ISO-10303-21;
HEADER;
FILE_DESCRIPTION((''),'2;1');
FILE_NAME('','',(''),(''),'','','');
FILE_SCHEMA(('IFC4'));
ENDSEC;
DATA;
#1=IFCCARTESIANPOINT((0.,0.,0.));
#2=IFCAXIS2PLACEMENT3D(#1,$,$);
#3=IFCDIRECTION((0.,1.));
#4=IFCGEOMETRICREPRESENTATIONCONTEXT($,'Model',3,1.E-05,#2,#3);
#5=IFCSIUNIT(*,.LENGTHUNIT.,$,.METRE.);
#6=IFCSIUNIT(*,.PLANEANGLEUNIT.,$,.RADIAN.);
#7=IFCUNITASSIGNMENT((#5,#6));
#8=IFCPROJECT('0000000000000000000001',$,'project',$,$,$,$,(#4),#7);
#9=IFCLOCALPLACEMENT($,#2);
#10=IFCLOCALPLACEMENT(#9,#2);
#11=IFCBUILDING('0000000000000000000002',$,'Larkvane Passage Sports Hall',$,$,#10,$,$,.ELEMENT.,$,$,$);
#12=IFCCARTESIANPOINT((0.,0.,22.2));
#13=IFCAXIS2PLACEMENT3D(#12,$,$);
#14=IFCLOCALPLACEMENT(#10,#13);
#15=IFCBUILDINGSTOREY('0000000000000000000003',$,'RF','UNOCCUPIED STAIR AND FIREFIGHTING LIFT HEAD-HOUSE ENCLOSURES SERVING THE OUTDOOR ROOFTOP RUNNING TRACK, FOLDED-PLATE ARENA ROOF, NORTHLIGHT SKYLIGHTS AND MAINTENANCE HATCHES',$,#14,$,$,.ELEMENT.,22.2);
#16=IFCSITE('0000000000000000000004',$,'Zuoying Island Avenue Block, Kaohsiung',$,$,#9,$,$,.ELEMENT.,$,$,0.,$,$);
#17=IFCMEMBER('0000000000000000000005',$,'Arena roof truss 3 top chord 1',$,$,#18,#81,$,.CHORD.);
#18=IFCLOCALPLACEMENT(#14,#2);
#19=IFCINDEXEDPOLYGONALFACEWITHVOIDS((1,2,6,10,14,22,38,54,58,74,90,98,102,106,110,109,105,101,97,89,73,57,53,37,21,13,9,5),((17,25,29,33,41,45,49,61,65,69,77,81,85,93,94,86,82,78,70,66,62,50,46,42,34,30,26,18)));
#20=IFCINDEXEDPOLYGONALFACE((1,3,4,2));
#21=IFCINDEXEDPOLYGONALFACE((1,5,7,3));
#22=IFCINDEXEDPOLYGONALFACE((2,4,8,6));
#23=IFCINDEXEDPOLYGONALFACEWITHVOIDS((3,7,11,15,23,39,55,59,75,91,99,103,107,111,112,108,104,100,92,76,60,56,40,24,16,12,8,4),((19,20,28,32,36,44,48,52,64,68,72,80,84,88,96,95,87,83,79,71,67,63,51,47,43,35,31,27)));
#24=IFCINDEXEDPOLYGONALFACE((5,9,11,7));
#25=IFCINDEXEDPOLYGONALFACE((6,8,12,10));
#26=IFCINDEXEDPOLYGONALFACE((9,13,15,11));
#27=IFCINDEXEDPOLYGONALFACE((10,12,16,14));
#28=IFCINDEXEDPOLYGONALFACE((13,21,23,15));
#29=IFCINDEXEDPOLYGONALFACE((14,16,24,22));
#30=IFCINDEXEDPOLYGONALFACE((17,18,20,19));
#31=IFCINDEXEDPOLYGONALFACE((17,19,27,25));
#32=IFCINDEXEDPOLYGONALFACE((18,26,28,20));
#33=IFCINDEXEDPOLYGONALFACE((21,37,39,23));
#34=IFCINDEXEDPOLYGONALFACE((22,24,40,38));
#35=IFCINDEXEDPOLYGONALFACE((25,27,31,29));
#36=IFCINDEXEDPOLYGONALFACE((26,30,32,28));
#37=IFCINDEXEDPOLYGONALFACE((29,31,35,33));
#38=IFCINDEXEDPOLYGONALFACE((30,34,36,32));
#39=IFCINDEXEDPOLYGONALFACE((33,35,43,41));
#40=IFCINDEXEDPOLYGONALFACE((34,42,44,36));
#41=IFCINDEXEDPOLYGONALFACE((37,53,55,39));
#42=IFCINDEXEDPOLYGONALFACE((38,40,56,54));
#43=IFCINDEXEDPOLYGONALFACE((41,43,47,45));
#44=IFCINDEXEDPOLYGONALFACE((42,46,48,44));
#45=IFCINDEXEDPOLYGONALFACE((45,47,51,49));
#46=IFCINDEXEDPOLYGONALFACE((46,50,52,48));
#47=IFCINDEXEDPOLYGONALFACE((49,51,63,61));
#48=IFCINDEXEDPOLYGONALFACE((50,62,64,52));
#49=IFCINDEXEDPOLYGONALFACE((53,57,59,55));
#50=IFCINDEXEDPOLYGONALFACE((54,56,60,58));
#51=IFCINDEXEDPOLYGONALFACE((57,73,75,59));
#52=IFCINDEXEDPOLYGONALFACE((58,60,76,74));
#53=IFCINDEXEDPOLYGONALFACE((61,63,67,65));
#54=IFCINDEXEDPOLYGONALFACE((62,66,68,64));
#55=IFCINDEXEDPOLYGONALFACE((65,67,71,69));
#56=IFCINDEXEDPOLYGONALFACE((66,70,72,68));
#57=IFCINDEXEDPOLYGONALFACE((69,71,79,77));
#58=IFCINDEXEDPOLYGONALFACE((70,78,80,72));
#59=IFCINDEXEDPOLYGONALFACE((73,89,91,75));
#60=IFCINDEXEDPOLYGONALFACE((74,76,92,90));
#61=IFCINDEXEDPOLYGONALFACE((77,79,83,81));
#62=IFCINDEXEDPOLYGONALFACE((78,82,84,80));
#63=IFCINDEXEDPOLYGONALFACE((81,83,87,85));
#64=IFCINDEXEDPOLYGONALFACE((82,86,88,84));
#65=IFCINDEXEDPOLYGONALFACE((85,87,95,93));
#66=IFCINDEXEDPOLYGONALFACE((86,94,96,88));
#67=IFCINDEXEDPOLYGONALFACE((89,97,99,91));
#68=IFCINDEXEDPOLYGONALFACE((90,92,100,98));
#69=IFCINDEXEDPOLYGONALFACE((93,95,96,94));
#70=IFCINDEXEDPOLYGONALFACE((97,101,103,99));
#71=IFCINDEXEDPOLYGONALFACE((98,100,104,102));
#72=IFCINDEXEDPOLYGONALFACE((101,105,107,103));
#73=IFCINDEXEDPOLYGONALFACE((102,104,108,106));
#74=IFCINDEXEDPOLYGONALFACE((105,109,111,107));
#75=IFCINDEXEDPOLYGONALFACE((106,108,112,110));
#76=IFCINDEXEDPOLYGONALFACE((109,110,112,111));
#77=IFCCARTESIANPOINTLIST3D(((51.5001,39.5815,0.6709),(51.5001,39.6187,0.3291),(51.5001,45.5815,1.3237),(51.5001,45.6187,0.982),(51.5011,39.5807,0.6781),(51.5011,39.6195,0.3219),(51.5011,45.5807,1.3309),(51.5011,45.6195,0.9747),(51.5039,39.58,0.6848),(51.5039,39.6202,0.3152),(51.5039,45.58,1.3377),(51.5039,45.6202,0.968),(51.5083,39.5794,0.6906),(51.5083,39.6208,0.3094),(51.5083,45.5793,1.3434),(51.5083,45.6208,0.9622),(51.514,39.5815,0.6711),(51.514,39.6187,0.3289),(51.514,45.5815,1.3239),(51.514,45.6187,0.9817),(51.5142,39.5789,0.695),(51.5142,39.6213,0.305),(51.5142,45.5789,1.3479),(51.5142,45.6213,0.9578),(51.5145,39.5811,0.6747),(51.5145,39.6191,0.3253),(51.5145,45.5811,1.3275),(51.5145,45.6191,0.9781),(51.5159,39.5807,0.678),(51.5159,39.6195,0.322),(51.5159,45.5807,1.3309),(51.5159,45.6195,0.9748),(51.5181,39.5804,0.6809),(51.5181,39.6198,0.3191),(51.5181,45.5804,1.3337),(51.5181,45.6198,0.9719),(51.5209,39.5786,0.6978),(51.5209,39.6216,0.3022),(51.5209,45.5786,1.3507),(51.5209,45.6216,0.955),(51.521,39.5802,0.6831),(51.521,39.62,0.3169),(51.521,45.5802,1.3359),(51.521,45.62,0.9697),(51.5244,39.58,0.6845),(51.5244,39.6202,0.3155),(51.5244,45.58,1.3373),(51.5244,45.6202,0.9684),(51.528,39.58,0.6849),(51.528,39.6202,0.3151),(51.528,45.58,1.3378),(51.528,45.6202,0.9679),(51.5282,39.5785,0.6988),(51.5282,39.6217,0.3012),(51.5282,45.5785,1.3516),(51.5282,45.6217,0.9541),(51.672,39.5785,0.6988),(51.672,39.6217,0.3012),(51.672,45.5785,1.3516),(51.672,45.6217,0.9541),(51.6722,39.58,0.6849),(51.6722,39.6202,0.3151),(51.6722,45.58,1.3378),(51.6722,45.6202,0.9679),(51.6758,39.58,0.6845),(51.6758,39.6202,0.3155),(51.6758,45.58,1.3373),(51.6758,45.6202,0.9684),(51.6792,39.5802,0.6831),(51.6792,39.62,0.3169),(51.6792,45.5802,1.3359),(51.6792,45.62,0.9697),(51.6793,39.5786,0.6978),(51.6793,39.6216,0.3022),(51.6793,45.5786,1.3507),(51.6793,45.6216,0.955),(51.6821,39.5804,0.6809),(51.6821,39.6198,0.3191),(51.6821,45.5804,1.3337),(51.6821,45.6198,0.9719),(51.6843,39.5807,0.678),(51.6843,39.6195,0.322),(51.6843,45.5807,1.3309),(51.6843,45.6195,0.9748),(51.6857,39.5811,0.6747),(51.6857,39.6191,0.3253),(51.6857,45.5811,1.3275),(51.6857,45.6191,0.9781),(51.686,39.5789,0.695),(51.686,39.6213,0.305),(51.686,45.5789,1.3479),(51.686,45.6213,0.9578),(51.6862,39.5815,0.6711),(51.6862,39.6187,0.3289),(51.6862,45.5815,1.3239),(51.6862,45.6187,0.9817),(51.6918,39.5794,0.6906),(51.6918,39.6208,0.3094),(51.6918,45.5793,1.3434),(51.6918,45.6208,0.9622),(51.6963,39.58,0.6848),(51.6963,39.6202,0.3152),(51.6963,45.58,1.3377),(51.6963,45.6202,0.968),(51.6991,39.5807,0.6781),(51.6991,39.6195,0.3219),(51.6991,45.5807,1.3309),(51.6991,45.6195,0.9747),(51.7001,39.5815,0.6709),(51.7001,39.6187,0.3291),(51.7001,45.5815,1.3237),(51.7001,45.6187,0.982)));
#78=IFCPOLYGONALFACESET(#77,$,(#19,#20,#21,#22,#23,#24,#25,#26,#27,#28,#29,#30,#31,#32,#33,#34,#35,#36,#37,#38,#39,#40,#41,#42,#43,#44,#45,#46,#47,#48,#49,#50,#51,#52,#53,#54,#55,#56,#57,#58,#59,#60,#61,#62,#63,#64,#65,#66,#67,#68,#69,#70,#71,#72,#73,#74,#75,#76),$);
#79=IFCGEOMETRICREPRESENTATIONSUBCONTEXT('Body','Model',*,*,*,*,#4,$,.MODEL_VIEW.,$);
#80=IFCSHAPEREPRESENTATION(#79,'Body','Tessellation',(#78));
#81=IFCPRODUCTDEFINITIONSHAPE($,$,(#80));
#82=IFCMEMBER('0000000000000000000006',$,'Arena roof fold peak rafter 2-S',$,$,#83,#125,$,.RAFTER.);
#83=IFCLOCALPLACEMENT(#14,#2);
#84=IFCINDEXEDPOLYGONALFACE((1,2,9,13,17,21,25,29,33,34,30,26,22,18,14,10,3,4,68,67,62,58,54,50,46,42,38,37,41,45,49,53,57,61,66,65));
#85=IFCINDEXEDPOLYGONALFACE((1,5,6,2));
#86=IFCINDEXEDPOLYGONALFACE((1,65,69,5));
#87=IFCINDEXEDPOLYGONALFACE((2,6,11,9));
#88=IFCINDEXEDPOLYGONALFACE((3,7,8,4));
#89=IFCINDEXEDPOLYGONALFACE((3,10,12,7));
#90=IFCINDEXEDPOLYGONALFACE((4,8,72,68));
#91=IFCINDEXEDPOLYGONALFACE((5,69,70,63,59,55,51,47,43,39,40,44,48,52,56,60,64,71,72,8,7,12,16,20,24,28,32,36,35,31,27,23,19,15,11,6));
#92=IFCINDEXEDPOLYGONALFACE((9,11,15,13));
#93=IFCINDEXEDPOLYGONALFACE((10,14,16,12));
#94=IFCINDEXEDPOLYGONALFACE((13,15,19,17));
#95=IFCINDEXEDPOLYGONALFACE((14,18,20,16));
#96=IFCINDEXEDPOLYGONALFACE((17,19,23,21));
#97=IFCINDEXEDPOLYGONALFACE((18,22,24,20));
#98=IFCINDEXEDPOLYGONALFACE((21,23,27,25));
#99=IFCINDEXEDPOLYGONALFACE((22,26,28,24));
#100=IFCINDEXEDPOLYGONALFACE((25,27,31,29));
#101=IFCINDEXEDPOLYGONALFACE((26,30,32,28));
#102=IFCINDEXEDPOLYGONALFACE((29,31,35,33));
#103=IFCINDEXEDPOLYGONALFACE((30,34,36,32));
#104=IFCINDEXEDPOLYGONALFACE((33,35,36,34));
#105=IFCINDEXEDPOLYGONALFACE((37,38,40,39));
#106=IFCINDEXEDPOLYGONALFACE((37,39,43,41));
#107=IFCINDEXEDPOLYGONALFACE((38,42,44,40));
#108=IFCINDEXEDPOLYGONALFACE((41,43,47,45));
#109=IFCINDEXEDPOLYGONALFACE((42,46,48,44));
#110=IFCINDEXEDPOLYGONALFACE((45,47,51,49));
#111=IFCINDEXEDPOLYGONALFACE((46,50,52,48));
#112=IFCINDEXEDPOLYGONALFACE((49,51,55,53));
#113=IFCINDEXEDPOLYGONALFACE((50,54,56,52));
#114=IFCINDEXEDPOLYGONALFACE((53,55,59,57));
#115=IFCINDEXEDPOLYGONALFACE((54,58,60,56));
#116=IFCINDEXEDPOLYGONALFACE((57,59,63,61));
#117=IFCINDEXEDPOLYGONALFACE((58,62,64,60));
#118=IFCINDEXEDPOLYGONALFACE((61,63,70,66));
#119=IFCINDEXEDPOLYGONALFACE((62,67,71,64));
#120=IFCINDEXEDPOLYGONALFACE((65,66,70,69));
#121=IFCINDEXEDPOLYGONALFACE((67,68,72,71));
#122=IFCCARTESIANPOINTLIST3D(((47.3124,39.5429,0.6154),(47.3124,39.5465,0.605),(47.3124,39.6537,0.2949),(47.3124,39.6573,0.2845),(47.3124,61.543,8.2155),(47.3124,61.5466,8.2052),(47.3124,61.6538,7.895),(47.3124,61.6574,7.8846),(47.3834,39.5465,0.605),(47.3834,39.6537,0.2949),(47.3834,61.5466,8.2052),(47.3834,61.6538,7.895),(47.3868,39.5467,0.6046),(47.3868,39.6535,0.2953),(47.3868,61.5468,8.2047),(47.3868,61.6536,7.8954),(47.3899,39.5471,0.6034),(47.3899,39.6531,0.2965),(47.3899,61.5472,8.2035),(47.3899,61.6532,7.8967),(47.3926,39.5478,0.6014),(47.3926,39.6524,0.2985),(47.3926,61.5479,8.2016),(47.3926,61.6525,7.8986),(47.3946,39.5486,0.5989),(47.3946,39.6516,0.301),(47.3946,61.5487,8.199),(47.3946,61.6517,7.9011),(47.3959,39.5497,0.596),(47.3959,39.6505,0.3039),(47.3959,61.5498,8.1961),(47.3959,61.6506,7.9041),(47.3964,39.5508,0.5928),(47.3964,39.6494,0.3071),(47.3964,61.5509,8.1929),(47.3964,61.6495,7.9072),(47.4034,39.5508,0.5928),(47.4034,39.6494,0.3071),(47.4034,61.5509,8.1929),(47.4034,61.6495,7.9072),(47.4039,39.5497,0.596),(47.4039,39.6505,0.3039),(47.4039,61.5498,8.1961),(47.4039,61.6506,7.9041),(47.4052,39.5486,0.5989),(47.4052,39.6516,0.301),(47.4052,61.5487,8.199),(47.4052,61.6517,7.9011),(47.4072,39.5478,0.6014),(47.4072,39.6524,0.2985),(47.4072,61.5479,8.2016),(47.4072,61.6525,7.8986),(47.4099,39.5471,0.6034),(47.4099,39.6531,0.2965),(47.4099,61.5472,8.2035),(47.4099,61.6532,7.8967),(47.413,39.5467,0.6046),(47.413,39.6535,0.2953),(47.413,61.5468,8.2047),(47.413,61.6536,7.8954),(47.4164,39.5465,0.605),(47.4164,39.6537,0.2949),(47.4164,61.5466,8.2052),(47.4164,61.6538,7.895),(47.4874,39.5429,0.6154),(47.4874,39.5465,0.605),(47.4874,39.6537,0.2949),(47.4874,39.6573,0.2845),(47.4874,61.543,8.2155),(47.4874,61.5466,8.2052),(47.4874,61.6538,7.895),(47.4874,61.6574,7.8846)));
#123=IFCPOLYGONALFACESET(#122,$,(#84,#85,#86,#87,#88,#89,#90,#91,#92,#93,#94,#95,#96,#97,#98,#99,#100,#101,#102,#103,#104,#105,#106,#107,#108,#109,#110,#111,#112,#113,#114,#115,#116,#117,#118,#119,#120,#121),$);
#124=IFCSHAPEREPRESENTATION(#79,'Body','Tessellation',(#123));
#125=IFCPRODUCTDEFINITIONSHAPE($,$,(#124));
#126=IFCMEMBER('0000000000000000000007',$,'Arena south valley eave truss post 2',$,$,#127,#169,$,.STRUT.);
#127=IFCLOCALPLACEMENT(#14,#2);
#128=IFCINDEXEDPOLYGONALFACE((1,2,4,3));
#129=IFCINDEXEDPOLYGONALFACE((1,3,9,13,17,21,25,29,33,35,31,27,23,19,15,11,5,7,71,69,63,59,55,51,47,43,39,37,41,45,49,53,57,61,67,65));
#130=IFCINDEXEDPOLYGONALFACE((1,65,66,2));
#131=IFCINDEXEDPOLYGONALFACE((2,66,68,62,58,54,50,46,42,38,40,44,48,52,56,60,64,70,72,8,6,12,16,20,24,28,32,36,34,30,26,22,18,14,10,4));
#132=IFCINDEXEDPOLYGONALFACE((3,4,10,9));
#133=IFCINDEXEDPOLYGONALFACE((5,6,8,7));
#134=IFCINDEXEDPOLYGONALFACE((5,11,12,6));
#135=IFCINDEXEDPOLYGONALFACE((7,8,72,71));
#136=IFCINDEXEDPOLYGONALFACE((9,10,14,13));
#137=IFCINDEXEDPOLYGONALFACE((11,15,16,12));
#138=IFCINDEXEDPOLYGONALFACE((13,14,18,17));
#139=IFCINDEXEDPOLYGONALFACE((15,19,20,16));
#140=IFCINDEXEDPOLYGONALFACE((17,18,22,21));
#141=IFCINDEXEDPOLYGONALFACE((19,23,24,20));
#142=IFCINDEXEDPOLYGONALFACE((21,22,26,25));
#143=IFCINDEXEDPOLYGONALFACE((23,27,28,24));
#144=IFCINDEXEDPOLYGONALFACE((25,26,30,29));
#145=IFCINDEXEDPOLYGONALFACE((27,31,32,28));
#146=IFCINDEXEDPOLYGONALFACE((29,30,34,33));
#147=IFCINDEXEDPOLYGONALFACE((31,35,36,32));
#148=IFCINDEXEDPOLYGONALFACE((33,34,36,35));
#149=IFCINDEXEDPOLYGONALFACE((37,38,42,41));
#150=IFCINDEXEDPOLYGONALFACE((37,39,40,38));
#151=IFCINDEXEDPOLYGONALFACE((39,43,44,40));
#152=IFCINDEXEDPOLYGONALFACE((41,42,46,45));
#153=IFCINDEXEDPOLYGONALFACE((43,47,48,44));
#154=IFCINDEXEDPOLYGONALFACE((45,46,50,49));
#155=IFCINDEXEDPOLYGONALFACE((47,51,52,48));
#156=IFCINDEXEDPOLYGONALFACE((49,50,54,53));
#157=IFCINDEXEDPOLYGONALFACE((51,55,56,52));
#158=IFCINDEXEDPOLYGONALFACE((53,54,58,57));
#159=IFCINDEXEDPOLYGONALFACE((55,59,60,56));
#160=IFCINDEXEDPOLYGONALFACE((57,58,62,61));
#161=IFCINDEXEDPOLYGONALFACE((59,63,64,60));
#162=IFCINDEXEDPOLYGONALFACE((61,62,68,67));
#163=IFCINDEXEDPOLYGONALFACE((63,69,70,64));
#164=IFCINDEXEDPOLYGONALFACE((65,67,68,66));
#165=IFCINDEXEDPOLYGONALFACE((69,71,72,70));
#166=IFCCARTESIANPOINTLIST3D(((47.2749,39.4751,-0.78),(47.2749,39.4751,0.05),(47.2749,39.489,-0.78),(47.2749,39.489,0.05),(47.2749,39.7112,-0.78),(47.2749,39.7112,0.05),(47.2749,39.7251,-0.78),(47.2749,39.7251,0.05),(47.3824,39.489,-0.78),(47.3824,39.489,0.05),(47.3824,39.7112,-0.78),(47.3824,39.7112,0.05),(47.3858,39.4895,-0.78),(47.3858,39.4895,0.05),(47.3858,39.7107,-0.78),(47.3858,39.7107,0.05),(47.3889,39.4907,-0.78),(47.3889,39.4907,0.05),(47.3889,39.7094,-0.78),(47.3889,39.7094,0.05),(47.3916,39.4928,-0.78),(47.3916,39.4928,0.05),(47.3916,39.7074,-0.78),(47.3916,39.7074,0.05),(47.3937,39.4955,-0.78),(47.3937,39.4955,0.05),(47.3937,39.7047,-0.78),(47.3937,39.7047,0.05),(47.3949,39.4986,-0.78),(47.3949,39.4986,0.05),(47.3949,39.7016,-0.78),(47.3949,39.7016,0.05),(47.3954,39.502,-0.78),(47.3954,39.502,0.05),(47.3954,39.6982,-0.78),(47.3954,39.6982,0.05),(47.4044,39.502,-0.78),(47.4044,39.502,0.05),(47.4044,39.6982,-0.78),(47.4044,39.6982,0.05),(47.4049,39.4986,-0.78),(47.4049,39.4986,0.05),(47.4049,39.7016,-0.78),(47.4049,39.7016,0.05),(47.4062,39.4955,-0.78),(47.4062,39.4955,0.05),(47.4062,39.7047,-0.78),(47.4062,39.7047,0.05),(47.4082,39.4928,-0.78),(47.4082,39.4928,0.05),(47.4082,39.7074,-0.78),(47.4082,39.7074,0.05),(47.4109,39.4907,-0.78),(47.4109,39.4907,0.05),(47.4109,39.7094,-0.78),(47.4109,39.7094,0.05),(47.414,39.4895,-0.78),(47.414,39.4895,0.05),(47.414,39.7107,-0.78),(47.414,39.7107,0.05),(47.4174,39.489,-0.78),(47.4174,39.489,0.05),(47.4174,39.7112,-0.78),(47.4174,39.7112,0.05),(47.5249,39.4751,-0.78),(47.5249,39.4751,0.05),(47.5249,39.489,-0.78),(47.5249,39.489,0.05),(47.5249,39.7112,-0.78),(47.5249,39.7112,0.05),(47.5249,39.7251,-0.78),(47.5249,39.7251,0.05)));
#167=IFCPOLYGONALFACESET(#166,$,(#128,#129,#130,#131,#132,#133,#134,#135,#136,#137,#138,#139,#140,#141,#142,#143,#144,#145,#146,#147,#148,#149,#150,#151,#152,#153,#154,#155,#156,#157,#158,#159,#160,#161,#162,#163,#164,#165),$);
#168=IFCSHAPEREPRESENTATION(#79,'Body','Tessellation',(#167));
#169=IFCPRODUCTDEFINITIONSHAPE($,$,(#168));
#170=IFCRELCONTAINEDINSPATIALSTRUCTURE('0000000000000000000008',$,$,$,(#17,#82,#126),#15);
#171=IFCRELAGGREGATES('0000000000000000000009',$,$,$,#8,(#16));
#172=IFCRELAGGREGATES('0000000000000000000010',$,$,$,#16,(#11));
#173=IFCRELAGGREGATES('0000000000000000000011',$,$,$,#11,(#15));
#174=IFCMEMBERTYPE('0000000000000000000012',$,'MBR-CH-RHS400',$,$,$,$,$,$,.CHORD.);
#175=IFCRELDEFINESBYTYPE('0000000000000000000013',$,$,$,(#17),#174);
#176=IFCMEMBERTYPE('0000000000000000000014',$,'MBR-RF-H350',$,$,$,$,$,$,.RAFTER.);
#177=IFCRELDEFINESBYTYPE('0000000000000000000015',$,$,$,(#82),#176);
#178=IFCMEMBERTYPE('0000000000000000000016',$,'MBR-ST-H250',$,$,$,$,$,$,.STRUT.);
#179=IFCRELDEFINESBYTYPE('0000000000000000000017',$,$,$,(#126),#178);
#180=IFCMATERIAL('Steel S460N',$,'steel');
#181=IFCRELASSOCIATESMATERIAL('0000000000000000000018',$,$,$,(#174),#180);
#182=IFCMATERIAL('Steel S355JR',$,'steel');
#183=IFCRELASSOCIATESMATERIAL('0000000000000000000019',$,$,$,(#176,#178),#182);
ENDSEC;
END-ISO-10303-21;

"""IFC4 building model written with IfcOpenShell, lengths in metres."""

from ifc_helpers import new_model, si_unit, direction, frame, origin, origin_2d, place, context, subcontext, project, spatial, hollow_rectangle, i_section, extrude, material, material_profile, profile_set, type_object, element, save


model = new_model("IFC4")

# Units and contexts
model_context = context("Model", 3, precision=1e-05, world=origin(), true_north=direction((0.0, 1.0)))
body_context = subcontext(model_context, "Body", "Model", "MODEL_VIEW")
ifc_project = project(units=[si_unit("LENGTHUNIT", "METRE"), si_unit("PLANEANGLEUNIT", "RADIAN")], contexts=[model_context])

# Site, building, storey
site_placement = place(None, origin())
site = spatial("IfcSite", under=ifc_project, at=site_placement, Name="Zuoying Island Avenue Block, Kaohsiung", CompositionType="ELEMENT", RefElevation=0.0)
building_placement = place(site_placement, origin())
building = spatial("IfcBuilding", under=site, at=building_placement, Name="Larkvane Passage Sports Hall", CompositionType="ELEMENT")
storey_placement = place(building_placement, frame((0.0, 0.0, 22.2)))
storey = spatial("IfcBuildingStorey", under=building, at=storey_placement, Name="RF", Description="UNOCCUPIED STAIR AND FIREFIGHTING LIFT HEAD-HOUSE ENCLOSURES SERVING THE OUTDOOR ROOFTOP RUNNING TRACK, FOLDED-PLATE ARENA ROOF, NORTHLIGHT SKYLIGHTS AND MAINTENANCE HATCHES", CompositionType="ELEMENT", Elevation=22.2)

# Shared definitions
ifc_material_1 = material(Name="Steel S355JR", Category="steel")
ifc_material_2 = material(Name="Steel S460N", Category="steel")

# Members
ifc_material_profile_1 = material_profile(ifc_material_2, hollow_rectangle(XDim=0.2, YDim=0.3999, WallThickness=0.0139, InnerFilletRadius=0.0139, OuterFilletRadius=0.0281, at=origin_2d()), Name="RHS-400x200x14")
ifc_profile_set_1 = profile_set([ifc_material_profile_1], Name="Steel S460N")
member_type_1 = type_object("IfcMemberType", Name="MBR-CH-RHS400", PredefinedType="CHORD", material=ifc_profile_set_1)
member_1_placement = place(storey_placement, frame((51.6001, 39.6001, 0.5), z_axis=(0.0, 0.994133, 0.108167), x_axis=(-1.0, 0.0, 0.0)))
element("IfcMember", 1, at=member_1_placement, inside=storey, type_object=member_type_1, Name="Arena roof truss 3 top chord 1", PredefinedType="CHORD", context=body_context, shape_type="SweptSolid", body=[
    extrude(hollow_rectangle(XDim=0.2, YDim=0.3999, WallThickness=0.0139, InnerFilletRadius=0.0139, OuterFilletRadius=0.0281, at=origin_2d()), origin(), (0.0, 0.0, 1.0), 6.0354),
])
ifc_material_profile_2 = material_profile(ifc_material_1, i_section(OverallWidth=0.175, OverallDepth=0.3501, WebThickness=0.0071, FlangeThickness=0.011, FilletRadius=0.0129, at=origin_2d()), Name="H-350x175x7x11")
ifc_profile_set_2 = profile_set([ifc_material_profile_2], Name="Steel S355JR")
member_type_2 = type_object("IfcMemberType", Name="MBR-RF-H350", PredefinedType="RAFTER", material=ifc_profile_set_2)
member_2_placement = place(storey_placement, frame((47.3999, 39.6001, 0.45), z_axis=(0.0, 0.945189, 0.326524), x_axis=(-1.0, 0.0, 0.0)))
element("IfcMember", 2, at=member_2_placement, inside=storey, type_object=member_type_2, Name="Arena roof fold peak rafter 2-S", PredefinedType="RAFTER", context=body_context, shape_type="SweptSolid", body=[
    extrude(i_section(OverallWidth=0.175, OverallDepth=0.3501, WebThickness=0.0071, FlangeThickness=0.011, FilletRadius=0.0129, at=origin_2d()), origin(), (0.0, 0.0, 1.0), 23.2759),
])
ifc_material_profile_3 = material_profile(ifc_material_1, i_section(OverallWidth=0.25, OverallDepth=0.25, WebThickness=0.009, FlangeThickness=0.0139, FilletRadius=0.0129, at=origin_2d()), Name="H-250x250x9x14")
ifc_profile_set_3 = profile_set([ifc_material_profile_3], Name="Steel S355JR")
member_type_3 = type_object("IfcMemberType", Name="MBR-ST-H250", PredefinedType="STRUT", material=ifc_profile_set_3)
member_3_placement = place(storey_placement, frame((47.3999, 39.6001, -0.78), z_axis=(0.0, 0.0, 1.0), x_axis=(1.0, 0.0, 0.0)))
element("IfcMember", 3, at=member_3_placement, inside=storey, type_object=member_type_3, Name="Arena south valley eave truss post 2", PredefinedType="STRUT", context=body_context, shape_type="SweptSolid", body=[
    extrude(i_section(OverallWidth=0.25, OverallDepth=0.25, WebThickness=0.009, FlangeThickness=0.0139, FilletRadius=0.0129, at=origin_2d()), origin(), (0.0, 0.0, 1.0), 0.8301),
])

save(model, "model.ifc")
